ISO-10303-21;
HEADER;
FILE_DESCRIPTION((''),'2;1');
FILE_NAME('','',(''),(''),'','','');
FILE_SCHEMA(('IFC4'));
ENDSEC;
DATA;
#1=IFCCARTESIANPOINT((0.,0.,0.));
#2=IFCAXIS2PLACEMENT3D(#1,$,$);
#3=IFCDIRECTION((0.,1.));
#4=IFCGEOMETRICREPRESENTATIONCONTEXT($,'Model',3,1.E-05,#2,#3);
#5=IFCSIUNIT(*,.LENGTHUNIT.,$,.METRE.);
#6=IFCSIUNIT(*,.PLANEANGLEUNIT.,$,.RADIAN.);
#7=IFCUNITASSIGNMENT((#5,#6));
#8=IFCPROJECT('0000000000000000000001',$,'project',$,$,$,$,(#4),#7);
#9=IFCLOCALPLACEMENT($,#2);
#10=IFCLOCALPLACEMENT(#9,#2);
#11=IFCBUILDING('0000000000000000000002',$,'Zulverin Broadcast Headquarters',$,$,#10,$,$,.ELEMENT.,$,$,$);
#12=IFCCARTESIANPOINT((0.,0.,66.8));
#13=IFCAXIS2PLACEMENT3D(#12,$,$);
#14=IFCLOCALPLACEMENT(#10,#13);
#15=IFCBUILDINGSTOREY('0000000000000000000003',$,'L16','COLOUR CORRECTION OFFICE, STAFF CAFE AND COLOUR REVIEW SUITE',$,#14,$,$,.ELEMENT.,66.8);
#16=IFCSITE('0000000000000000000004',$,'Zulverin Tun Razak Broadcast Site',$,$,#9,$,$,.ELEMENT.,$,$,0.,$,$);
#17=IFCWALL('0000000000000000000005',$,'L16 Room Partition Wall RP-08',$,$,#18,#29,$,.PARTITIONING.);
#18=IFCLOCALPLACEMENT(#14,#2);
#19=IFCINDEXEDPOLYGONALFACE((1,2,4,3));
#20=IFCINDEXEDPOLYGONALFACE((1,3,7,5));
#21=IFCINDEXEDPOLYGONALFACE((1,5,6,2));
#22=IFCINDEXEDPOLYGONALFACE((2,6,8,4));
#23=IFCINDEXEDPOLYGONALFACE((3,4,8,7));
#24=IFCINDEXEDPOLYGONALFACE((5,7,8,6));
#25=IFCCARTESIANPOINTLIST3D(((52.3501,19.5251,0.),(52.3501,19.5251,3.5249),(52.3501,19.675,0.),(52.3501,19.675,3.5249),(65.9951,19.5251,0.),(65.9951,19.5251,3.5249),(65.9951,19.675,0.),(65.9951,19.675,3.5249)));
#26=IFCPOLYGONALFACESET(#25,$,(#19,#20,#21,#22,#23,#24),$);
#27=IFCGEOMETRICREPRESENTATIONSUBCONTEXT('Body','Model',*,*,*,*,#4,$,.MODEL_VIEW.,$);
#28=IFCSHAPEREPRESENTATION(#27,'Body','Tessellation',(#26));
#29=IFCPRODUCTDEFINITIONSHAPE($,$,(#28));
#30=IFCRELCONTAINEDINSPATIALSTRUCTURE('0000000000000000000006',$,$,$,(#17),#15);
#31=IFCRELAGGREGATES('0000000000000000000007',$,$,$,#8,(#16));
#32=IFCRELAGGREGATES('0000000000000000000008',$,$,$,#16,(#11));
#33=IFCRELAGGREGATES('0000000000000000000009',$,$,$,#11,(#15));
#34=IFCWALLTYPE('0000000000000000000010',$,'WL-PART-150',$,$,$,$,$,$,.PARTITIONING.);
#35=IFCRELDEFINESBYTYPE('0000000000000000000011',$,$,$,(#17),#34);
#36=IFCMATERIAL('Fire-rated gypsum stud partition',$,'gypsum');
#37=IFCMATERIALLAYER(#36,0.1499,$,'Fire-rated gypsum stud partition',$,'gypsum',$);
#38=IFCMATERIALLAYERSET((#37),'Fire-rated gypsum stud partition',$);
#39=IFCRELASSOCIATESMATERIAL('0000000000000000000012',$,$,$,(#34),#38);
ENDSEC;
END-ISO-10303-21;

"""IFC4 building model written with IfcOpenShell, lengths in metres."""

from ifc_helpers import new_model, si_unit, direction, frame, frame_2d, origin, place, context, subcontext, project, spatial, rectangle, extrude, material, layer, layer_set, type_object, element, save


model = new_model("IFC4")

# Units and contexts
model_context = context("Model", 3, precision=1e-05, world=origin(), true_north=direction((0.0, 1.0)))
body_context = subcontext(model_context, "Body", "Model", "MODEL_VIEW")
ifc_project = project(units=[si_unit("LENGTHUNIT", "METRE"), si_unit("PLANEANGLEUNIT", "RADIAN")], contexts=[model_context])

# Site, building, storey
site_placement = place(None, origin())
site = spatial("IfcSite", under=ifc_project, at=site_placement, Name="Zulverin Tun Razak Broadcast Site", CompositionType="ELEMENT", RefElevation=0.0)
building_placement = place(site_placement, origin())
building = spatial("IfcBuilding", under=site, at=building_placement, Name="Zulverin Broadcast Headquarters", CompositionType="ELEMENT")
storey_placement = place(building_placement, frame((0.0, 0.0, 66.8)))
storey = spatial("IfcBuildingStorey", under=building, at=storey_placement, Name="L16", Description="COLOUR CORRECTION OFFICE, STAFF CAFE AND COLOUR REVIEW SUITE", CompositionType="ELEMENT", Elevation=66.8)

# Shared definitions
ifc_material_1 = material(Name="Fire-rated gypsum stud partition", Category="gypsum")
ifc_layer_1 = layer(ifc_material_1, 0.1499, Name="Fire-rated gypsum stud partition", Category="gypsum")
ifc_layer_set_1 = layer_set([ifc_layer_1], Name="Fire-rated gypsum stud partition")
wall_type_1 = type_object("IfcWallType", Name="WL-PART-150", PredefinedType="PARTITIONING", material=ifc_layer_set_1)

# Wall
wall_1_placement = place(storey_placement, frame((52.3501, 19.6001, 0.0), z_axis=(0.0, 0.0, 1.0), x_axis=(1.0, 0.0, 0.0)))
element("IfcWall", 1, at=wall_1_placement, inside=storey, type_object=wall_type_1, Name="L16 Room Partition Wall RP-08", PredefinedType="PARTITIONING", context=body_context, shape_type="SweptSolid", body=[
    extrude(rectangle(XDim=13.645, YDim=0.1499, at=frame_2d((6.8225, 0.0))), origin(), (0.0, 0.0, 1.0), 3.5249),
])

save(model, "model.ifc")
